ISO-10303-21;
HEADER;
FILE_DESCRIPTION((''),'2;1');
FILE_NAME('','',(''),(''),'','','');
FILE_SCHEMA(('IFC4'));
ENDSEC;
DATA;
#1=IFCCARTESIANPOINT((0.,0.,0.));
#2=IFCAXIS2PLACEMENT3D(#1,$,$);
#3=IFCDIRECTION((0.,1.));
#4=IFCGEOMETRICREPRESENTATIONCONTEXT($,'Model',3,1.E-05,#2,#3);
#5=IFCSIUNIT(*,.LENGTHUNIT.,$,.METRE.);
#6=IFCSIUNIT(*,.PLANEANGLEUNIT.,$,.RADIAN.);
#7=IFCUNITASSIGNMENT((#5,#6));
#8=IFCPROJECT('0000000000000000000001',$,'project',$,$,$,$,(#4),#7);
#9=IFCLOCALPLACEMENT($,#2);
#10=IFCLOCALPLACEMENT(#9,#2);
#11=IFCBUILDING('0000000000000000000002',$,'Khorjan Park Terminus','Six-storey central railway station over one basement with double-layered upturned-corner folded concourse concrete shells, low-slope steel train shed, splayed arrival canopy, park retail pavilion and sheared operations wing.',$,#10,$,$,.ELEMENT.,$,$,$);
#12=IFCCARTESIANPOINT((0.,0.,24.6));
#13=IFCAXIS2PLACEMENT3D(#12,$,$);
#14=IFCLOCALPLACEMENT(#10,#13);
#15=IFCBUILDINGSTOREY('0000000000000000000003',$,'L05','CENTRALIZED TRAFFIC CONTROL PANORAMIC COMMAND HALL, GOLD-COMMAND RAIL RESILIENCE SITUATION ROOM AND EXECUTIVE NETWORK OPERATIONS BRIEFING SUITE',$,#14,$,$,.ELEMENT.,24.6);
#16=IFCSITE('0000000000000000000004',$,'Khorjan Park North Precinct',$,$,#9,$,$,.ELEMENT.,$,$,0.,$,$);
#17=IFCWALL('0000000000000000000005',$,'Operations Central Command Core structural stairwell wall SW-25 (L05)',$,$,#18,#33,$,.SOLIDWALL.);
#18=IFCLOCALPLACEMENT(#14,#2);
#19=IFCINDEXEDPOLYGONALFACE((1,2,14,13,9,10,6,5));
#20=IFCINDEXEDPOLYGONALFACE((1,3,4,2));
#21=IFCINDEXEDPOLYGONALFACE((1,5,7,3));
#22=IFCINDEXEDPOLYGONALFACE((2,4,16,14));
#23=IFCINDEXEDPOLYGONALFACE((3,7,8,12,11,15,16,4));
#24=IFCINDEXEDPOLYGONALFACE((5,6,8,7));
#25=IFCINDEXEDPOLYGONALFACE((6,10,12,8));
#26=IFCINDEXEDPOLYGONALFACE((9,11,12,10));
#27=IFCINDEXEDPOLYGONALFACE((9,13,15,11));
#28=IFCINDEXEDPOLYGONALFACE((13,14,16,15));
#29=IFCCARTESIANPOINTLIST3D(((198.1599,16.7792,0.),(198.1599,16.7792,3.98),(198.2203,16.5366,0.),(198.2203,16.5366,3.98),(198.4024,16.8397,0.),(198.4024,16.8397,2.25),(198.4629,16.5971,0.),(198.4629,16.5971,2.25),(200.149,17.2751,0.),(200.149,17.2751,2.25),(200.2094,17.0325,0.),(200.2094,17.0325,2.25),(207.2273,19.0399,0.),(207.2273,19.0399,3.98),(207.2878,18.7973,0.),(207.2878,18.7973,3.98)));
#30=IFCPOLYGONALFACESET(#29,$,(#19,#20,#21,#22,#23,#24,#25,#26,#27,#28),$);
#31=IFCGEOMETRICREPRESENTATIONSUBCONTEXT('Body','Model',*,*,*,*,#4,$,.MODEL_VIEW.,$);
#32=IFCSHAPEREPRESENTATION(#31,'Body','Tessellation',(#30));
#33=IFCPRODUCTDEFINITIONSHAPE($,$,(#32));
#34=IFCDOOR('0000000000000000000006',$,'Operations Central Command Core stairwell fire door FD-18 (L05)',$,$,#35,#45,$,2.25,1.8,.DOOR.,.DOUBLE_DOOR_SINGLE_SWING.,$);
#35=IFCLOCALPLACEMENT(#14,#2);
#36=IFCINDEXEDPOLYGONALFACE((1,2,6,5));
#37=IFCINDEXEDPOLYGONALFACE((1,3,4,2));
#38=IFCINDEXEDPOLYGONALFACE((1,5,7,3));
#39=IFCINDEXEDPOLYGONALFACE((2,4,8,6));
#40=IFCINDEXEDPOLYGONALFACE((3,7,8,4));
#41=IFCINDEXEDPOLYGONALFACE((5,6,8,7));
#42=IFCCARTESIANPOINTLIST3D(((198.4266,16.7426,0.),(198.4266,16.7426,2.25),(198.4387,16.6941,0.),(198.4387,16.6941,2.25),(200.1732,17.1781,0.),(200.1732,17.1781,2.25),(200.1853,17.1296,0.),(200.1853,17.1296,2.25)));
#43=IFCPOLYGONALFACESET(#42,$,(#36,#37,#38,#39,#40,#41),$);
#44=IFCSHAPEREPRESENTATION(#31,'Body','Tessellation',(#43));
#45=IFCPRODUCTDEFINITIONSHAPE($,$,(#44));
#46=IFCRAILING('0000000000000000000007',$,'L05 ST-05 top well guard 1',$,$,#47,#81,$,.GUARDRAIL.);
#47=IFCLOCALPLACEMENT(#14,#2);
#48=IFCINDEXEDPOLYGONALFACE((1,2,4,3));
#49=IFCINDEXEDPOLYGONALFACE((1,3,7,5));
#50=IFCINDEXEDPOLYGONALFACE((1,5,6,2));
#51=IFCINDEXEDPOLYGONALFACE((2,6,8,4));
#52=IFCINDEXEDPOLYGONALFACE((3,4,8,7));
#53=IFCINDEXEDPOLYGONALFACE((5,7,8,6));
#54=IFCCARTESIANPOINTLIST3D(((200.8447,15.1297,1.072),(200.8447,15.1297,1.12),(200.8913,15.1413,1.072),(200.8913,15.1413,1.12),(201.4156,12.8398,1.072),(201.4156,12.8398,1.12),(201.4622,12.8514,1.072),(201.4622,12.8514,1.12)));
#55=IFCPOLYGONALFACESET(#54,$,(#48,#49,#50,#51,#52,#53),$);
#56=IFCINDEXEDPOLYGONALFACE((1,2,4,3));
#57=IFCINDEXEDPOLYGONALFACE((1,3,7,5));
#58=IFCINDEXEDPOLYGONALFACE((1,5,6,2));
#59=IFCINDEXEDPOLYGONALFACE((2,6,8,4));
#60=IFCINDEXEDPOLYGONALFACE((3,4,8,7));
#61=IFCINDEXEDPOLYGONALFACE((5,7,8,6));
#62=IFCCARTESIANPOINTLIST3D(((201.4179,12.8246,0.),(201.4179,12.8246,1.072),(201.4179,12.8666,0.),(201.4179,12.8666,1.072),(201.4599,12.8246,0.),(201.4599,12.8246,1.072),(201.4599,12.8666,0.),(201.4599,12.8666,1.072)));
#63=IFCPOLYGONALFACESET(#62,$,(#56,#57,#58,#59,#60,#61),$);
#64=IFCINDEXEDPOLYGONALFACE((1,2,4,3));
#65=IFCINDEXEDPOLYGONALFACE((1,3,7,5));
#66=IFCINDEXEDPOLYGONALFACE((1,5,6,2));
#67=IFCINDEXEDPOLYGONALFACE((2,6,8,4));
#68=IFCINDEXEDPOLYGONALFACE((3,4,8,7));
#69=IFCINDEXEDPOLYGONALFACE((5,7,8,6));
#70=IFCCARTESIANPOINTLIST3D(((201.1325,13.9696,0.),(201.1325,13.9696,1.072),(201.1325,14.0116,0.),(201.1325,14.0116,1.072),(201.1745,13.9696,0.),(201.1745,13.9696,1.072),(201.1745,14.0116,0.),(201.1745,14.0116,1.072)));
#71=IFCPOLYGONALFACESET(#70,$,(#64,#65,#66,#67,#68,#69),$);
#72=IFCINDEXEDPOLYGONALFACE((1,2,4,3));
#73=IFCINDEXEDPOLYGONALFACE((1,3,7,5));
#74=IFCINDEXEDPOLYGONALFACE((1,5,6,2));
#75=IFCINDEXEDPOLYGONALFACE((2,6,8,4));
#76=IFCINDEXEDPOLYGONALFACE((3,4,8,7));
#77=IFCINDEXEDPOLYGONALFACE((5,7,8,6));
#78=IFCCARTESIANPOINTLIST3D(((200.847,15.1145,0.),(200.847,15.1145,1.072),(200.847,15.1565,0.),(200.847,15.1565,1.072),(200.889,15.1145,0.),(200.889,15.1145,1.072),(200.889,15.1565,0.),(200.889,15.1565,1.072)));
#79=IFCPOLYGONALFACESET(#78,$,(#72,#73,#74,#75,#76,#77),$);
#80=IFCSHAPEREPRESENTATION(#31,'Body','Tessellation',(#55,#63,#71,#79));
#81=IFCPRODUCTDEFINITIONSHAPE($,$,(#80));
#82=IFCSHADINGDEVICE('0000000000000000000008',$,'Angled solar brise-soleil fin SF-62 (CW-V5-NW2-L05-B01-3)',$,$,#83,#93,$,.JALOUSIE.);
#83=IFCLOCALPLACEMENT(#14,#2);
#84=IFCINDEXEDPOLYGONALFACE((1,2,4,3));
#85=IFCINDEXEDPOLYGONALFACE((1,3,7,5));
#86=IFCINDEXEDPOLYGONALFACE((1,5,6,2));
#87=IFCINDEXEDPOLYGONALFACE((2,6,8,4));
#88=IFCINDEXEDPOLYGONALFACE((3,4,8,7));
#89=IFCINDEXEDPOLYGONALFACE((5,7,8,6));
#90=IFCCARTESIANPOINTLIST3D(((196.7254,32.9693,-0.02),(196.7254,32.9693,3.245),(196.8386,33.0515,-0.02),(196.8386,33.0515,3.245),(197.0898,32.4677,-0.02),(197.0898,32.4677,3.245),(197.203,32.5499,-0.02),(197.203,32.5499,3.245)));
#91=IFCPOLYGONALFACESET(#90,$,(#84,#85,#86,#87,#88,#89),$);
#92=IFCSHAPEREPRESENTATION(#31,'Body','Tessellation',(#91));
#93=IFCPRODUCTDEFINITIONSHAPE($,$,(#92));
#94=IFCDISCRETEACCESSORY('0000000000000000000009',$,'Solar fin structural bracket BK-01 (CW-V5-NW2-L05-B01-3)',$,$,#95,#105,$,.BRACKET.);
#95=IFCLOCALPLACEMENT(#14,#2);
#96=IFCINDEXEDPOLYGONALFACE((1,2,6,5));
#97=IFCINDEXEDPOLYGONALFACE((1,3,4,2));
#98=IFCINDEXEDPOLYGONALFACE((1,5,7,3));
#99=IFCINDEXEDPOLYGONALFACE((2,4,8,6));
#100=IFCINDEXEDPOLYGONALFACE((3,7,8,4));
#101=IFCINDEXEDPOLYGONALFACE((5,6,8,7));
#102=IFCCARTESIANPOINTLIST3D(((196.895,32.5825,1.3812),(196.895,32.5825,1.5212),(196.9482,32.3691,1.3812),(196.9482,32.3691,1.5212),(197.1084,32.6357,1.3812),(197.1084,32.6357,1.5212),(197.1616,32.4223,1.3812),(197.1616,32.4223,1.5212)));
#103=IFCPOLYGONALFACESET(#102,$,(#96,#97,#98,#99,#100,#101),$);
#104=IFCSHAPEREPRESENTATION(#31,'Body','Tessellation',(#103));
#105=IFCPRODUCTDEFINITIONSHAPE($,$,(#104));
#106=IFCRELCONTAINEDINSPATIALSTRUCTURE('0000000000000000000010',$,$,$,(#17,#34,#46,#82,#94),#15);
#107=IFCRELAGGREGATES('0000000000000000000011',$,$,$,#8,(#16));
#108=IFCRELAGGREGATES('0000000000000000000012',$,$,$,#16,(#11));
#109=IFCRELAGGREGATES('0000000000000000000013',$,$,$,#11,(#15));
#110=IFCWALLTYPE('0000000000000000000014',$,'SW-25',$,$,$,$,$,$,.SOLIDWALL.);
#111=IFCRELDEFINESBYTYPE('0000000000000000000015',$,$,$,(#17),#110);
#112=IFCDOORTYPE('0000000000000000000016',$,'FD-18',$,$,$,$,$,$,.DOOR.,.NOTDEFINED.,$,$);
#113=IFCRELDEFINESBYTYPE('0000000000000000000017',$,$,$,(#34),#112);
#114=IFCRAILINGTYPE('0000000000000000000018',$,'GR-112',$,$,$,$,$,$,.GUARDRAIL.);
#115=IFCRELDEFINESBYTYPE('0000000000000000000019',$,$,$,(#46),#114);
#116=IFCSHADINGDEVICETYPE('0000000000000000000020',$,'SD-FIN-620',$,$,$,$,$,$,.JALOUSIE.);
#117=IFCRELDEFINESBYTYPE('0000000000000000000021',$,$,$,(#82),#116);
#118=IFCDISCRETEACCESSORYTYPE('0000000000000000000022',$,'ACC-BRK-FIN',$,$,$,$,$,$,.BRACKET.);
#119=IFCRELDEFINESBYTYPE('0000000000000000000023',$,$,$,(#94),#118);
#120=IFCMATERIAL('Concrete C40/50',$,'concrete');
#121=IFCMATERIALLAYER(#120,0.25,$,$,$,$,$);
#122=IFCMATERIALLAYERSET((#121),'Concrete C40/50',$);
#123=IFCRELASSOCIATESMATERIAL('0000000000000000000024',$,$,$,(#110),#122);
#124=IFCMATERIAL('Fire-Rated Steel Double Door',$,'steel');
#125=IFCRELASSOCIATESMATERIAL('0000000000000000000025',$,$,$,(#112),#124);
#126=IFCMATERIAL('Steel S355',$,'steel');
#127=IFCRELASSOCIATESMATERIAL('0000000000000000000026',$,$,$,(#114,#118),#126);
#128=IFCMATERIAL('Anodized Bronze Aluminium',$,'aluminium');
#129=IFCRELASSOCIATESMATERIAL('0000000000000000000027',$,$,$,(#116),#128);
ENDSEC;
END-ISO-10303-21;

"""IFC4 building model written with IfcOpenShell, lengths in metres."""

from ifc_helpers import new_model, si_unit, direction, frame, frame_2d, origin, origin_2d, place, context, subcontext, project, spatial, rectangle, extrude, material, layer, layer_set, type_object, element, fill, save


model = new_model("IFC4")

# Units and contexts
model_context = context("Model", 3, precision=1e-05, world=origin(), true_north=direction((0.0, 1.0)))
body_context = subcontext(model_context, "Body", "Model", "MODEL_VIEW")
ifc_project = project(units=[si_unit("LENGTHUNIT", "METRE"), si_unit("PLANEANGLEUNIT", "RADIAN")], contexts=[model_context])

# Site, building, storey
site_placement = place(None, origin())
site = spatial("IfcSite", under=ifc_project, at=site_placement, Name="Khorjan Park North Precinct", CompositionType="ELEMENT", RefElevation=0.0)
building_placement = place(site_placement, origin())
building = spatial("IfcBuilding", under=site, at=building_placement, Name="Khorjan Park Terminus", Description="Six-storey central railway station over one basement with double-layered upturned-corner folded concourse concrete shells, low-slope steel train shed, splayed arrival canopy, park retail pavilion and sheared operations wing.", CompositionType="ELEMENT")
storey_placement = place(building_placement, frame((0.0, 0.0, 24.6)))
storey = spatial("IfcBuildingStorey", under=building, at=storey_placement, Name="L05", Description="CENTRALIZED TRAFFIC CONTROL PANORAMIC COMMAND HALL, GOLD-COMMAND RAIL RESILIENCE SITUATION ROOM AND EXECUTIVE NETWORK OPERATIONS BRIEFING SUITE", CompositionType="ELEMENT", Elevation=24.6)

# Shared definitions
ifc_material_1 = material(Name="Concrete C40/50", Category="concrete")
ifc_material_2 = material(Name="Steel S355", Category="steel")

# Shared definitions
ifc_material_3 = material(Name="Anodized Bronze Aluminium", Category="aluminium")

# Wall, opening, door
ifc_layer_1 = layer(ifc_material_1, 0.25)
ifc_layer_set_1 = layer_set([ifc_layer_1], Name="Concrete C40/50")
wall_type_1 = type_object("IfcWallType", Name="SW-25", PredefinedType="SOLIDWALL", material=ifc_layer_set_1)
wall_1_placement = place(storey_placement, frame((198.1901, 16.6579, 0.0), z_axis=(0.0, 0.0, 1.0), x_axis=(0.970297, 0.241916, 0.0)))
wall_1 = element("IfcWall", 1, at=wall_1_placement, inside=storey, type_object=wall_type_1, Name="Operations Central Command Core structural stairwell wall SW-25 (L05)", PredefinedType="SOLIDWALL", context=body_context, shape_type="SweptSolid", body=[
    extrude(rectangle(XDim=9.345, YDim=0.25, at=frame_2d((4.6725, 0.0))), origin(), (0.0, 0.0, 1.0), 3.98),
])
opening_placement = place(wall_1_placement, frame((0.25, 0.0, 0.0)))
opening = element("IfcOpeningElement", 2, at=opening_placement, cuts=wall_1, PredefinedType="OPENING", context=body_context, shape_type="SweptSolid", body=[
    extrude(rectangle(XDim=1.8, YDim=2.25, at=frame_2d((0.9, 1.125))), frame((0.0, 0.135, 0.0), z_axis=(0.0, -1.0, 0.0), x_axis=(1.0, 0.0, 0.0)), (0.0, 0.0, 1.0), 0.27),
])
ifc_material_4 = material(Name="Fire-Rated Steel Double Door", Category="steel")
door_type = type_object("IfcDoorType", Name="FD-18", OperationType="NOTDEFINED", PredefinedType="DOOR", material=ifc_material_4)
door_placement = place(opening_placement, origin())
door = element("IfcDoor", 3, at=door_placement, inside=storey, type_object=door_type, Name="Operations Central Command Core stairwell fire door FD-18 (L05)", OperationType="DOUBLE_DOOR_SINGLE_SWING", OverallHeight=2.25, OverallWidth=1.8, PredefinedType="DOOR", context=body_context, shape_type="SweptSolid", body=[
    extrude(rectangle(XDim=1.8, YDim=2.25, at=frame_2d((0.9, 1.125))), frame((0.0, 0.025, 0.0), z_axis=(0.0, -1.0, 0.0), x_axis=(1.0, 0.0, 0.0)), (0.0, 0.0, 1.0), 0.05),
])
fill(opening, door)

# Railing
railing_type = type_object("IfcRailingType", Name="GR-112", PredefinedType="GUARDRAIL", material=ifc_material_2)
railing_placement = place(storey_placement, frame((201.4389, 12.8456, 0.0)))
element("IfcRailing", 4, at=railing_placement, inside=storey, type_object=railing_type, Name="L05 ST-05 top well guard 1", PredefinedType="GUARDRAIL", context=body_context, shape_type="SweptSolid", body=[
    extrude(rectangle(XDim=0.048, YDim=0.048, at=origin_2d()), frame((0.0, 0.0, 1.096), z_axis=(-0.241907, 0.970299, 0.0), x_axis=(-0.970299, -0.241907, 0.0)), (0.0, 0.0, 1.0), 2.36),
    extrude(rectangle(XDim=0.042, YDim=0.042, at=origin_2d()), origin(), (0.0, 0.0, 1.0), 1.072),
    extrude(rectangle(XDim=0.042, YDim=0.042, at=origin_2d()), frame((-0.2854, 1.145, 0.0)), (0.0, 0.0, 1.0), 1.072),
    extrude(rectangle(XDim=0.042, YDim=0.042, at=origin_2d()), frame((-0.5709, 2.2899, 0.0)), (0.0, 0.0, 1.0), 1.072),
])

# Shading device
shading_device_type = type_object("IfcShadingDeviceType", Name="SD-FIN-620", PredefinedType="JALOUSIE", material=ifc_material_3)
shading_device_placement = place(storey_placement, frame((196.9642, 32.7596, -0.02), z_axis=(0.0, 0.0, 1.0), x_axis=(0.587785, -0.809017, 0.0)))
element("IfcShadingDevice", 5, at=shading_device_placement, inside=storey, type_object=shading_device_type, Name="Angled solar brise-soleil fin SF-62 (CW-V5-NW2-L05-B01-3)", PredefinedType="JALOUSIE", context=body_context, shape_type="SweptSolid", body=[
    extrude(rectangle(XDim=0.62, YDim=0.14, at=origin_2d()), origin(), (0.0, 0.0, 1.0), 3.265),
])

# Discrete accessory
discrete_accessory_type = type_object("IfcDiscreteAccessoryType", Name="ACC-BRK-FIN", PredefinedType="BRACKET", material=ifc_material_2)
discrete_accessory_placement = place(storey_placement, frame((197.0283, 32.5024, 1.3812), z_axis=(0.0, 0.0, 1.0), x_axis=(-0.970294, -0.241928, 0.0)))
element("IfcDiscreteAccessory", 6, at=discrete_accessory_placement, inside=storey, type_object=discrete_accessory_type, Name="Solar fin structural bracket BK-01 (CW-V5-NW2-L05-B01-3)", PredefinedType="BRACKET", context=body_context, shape_type="SweptSolid", body=[
    extrude(rectangle(XDim=0.22, YDim=0.22, at=origin_2d()), origin(), (0.0, 0.0, 1.0), 0.14),
])

save(model, "model.ifc")
